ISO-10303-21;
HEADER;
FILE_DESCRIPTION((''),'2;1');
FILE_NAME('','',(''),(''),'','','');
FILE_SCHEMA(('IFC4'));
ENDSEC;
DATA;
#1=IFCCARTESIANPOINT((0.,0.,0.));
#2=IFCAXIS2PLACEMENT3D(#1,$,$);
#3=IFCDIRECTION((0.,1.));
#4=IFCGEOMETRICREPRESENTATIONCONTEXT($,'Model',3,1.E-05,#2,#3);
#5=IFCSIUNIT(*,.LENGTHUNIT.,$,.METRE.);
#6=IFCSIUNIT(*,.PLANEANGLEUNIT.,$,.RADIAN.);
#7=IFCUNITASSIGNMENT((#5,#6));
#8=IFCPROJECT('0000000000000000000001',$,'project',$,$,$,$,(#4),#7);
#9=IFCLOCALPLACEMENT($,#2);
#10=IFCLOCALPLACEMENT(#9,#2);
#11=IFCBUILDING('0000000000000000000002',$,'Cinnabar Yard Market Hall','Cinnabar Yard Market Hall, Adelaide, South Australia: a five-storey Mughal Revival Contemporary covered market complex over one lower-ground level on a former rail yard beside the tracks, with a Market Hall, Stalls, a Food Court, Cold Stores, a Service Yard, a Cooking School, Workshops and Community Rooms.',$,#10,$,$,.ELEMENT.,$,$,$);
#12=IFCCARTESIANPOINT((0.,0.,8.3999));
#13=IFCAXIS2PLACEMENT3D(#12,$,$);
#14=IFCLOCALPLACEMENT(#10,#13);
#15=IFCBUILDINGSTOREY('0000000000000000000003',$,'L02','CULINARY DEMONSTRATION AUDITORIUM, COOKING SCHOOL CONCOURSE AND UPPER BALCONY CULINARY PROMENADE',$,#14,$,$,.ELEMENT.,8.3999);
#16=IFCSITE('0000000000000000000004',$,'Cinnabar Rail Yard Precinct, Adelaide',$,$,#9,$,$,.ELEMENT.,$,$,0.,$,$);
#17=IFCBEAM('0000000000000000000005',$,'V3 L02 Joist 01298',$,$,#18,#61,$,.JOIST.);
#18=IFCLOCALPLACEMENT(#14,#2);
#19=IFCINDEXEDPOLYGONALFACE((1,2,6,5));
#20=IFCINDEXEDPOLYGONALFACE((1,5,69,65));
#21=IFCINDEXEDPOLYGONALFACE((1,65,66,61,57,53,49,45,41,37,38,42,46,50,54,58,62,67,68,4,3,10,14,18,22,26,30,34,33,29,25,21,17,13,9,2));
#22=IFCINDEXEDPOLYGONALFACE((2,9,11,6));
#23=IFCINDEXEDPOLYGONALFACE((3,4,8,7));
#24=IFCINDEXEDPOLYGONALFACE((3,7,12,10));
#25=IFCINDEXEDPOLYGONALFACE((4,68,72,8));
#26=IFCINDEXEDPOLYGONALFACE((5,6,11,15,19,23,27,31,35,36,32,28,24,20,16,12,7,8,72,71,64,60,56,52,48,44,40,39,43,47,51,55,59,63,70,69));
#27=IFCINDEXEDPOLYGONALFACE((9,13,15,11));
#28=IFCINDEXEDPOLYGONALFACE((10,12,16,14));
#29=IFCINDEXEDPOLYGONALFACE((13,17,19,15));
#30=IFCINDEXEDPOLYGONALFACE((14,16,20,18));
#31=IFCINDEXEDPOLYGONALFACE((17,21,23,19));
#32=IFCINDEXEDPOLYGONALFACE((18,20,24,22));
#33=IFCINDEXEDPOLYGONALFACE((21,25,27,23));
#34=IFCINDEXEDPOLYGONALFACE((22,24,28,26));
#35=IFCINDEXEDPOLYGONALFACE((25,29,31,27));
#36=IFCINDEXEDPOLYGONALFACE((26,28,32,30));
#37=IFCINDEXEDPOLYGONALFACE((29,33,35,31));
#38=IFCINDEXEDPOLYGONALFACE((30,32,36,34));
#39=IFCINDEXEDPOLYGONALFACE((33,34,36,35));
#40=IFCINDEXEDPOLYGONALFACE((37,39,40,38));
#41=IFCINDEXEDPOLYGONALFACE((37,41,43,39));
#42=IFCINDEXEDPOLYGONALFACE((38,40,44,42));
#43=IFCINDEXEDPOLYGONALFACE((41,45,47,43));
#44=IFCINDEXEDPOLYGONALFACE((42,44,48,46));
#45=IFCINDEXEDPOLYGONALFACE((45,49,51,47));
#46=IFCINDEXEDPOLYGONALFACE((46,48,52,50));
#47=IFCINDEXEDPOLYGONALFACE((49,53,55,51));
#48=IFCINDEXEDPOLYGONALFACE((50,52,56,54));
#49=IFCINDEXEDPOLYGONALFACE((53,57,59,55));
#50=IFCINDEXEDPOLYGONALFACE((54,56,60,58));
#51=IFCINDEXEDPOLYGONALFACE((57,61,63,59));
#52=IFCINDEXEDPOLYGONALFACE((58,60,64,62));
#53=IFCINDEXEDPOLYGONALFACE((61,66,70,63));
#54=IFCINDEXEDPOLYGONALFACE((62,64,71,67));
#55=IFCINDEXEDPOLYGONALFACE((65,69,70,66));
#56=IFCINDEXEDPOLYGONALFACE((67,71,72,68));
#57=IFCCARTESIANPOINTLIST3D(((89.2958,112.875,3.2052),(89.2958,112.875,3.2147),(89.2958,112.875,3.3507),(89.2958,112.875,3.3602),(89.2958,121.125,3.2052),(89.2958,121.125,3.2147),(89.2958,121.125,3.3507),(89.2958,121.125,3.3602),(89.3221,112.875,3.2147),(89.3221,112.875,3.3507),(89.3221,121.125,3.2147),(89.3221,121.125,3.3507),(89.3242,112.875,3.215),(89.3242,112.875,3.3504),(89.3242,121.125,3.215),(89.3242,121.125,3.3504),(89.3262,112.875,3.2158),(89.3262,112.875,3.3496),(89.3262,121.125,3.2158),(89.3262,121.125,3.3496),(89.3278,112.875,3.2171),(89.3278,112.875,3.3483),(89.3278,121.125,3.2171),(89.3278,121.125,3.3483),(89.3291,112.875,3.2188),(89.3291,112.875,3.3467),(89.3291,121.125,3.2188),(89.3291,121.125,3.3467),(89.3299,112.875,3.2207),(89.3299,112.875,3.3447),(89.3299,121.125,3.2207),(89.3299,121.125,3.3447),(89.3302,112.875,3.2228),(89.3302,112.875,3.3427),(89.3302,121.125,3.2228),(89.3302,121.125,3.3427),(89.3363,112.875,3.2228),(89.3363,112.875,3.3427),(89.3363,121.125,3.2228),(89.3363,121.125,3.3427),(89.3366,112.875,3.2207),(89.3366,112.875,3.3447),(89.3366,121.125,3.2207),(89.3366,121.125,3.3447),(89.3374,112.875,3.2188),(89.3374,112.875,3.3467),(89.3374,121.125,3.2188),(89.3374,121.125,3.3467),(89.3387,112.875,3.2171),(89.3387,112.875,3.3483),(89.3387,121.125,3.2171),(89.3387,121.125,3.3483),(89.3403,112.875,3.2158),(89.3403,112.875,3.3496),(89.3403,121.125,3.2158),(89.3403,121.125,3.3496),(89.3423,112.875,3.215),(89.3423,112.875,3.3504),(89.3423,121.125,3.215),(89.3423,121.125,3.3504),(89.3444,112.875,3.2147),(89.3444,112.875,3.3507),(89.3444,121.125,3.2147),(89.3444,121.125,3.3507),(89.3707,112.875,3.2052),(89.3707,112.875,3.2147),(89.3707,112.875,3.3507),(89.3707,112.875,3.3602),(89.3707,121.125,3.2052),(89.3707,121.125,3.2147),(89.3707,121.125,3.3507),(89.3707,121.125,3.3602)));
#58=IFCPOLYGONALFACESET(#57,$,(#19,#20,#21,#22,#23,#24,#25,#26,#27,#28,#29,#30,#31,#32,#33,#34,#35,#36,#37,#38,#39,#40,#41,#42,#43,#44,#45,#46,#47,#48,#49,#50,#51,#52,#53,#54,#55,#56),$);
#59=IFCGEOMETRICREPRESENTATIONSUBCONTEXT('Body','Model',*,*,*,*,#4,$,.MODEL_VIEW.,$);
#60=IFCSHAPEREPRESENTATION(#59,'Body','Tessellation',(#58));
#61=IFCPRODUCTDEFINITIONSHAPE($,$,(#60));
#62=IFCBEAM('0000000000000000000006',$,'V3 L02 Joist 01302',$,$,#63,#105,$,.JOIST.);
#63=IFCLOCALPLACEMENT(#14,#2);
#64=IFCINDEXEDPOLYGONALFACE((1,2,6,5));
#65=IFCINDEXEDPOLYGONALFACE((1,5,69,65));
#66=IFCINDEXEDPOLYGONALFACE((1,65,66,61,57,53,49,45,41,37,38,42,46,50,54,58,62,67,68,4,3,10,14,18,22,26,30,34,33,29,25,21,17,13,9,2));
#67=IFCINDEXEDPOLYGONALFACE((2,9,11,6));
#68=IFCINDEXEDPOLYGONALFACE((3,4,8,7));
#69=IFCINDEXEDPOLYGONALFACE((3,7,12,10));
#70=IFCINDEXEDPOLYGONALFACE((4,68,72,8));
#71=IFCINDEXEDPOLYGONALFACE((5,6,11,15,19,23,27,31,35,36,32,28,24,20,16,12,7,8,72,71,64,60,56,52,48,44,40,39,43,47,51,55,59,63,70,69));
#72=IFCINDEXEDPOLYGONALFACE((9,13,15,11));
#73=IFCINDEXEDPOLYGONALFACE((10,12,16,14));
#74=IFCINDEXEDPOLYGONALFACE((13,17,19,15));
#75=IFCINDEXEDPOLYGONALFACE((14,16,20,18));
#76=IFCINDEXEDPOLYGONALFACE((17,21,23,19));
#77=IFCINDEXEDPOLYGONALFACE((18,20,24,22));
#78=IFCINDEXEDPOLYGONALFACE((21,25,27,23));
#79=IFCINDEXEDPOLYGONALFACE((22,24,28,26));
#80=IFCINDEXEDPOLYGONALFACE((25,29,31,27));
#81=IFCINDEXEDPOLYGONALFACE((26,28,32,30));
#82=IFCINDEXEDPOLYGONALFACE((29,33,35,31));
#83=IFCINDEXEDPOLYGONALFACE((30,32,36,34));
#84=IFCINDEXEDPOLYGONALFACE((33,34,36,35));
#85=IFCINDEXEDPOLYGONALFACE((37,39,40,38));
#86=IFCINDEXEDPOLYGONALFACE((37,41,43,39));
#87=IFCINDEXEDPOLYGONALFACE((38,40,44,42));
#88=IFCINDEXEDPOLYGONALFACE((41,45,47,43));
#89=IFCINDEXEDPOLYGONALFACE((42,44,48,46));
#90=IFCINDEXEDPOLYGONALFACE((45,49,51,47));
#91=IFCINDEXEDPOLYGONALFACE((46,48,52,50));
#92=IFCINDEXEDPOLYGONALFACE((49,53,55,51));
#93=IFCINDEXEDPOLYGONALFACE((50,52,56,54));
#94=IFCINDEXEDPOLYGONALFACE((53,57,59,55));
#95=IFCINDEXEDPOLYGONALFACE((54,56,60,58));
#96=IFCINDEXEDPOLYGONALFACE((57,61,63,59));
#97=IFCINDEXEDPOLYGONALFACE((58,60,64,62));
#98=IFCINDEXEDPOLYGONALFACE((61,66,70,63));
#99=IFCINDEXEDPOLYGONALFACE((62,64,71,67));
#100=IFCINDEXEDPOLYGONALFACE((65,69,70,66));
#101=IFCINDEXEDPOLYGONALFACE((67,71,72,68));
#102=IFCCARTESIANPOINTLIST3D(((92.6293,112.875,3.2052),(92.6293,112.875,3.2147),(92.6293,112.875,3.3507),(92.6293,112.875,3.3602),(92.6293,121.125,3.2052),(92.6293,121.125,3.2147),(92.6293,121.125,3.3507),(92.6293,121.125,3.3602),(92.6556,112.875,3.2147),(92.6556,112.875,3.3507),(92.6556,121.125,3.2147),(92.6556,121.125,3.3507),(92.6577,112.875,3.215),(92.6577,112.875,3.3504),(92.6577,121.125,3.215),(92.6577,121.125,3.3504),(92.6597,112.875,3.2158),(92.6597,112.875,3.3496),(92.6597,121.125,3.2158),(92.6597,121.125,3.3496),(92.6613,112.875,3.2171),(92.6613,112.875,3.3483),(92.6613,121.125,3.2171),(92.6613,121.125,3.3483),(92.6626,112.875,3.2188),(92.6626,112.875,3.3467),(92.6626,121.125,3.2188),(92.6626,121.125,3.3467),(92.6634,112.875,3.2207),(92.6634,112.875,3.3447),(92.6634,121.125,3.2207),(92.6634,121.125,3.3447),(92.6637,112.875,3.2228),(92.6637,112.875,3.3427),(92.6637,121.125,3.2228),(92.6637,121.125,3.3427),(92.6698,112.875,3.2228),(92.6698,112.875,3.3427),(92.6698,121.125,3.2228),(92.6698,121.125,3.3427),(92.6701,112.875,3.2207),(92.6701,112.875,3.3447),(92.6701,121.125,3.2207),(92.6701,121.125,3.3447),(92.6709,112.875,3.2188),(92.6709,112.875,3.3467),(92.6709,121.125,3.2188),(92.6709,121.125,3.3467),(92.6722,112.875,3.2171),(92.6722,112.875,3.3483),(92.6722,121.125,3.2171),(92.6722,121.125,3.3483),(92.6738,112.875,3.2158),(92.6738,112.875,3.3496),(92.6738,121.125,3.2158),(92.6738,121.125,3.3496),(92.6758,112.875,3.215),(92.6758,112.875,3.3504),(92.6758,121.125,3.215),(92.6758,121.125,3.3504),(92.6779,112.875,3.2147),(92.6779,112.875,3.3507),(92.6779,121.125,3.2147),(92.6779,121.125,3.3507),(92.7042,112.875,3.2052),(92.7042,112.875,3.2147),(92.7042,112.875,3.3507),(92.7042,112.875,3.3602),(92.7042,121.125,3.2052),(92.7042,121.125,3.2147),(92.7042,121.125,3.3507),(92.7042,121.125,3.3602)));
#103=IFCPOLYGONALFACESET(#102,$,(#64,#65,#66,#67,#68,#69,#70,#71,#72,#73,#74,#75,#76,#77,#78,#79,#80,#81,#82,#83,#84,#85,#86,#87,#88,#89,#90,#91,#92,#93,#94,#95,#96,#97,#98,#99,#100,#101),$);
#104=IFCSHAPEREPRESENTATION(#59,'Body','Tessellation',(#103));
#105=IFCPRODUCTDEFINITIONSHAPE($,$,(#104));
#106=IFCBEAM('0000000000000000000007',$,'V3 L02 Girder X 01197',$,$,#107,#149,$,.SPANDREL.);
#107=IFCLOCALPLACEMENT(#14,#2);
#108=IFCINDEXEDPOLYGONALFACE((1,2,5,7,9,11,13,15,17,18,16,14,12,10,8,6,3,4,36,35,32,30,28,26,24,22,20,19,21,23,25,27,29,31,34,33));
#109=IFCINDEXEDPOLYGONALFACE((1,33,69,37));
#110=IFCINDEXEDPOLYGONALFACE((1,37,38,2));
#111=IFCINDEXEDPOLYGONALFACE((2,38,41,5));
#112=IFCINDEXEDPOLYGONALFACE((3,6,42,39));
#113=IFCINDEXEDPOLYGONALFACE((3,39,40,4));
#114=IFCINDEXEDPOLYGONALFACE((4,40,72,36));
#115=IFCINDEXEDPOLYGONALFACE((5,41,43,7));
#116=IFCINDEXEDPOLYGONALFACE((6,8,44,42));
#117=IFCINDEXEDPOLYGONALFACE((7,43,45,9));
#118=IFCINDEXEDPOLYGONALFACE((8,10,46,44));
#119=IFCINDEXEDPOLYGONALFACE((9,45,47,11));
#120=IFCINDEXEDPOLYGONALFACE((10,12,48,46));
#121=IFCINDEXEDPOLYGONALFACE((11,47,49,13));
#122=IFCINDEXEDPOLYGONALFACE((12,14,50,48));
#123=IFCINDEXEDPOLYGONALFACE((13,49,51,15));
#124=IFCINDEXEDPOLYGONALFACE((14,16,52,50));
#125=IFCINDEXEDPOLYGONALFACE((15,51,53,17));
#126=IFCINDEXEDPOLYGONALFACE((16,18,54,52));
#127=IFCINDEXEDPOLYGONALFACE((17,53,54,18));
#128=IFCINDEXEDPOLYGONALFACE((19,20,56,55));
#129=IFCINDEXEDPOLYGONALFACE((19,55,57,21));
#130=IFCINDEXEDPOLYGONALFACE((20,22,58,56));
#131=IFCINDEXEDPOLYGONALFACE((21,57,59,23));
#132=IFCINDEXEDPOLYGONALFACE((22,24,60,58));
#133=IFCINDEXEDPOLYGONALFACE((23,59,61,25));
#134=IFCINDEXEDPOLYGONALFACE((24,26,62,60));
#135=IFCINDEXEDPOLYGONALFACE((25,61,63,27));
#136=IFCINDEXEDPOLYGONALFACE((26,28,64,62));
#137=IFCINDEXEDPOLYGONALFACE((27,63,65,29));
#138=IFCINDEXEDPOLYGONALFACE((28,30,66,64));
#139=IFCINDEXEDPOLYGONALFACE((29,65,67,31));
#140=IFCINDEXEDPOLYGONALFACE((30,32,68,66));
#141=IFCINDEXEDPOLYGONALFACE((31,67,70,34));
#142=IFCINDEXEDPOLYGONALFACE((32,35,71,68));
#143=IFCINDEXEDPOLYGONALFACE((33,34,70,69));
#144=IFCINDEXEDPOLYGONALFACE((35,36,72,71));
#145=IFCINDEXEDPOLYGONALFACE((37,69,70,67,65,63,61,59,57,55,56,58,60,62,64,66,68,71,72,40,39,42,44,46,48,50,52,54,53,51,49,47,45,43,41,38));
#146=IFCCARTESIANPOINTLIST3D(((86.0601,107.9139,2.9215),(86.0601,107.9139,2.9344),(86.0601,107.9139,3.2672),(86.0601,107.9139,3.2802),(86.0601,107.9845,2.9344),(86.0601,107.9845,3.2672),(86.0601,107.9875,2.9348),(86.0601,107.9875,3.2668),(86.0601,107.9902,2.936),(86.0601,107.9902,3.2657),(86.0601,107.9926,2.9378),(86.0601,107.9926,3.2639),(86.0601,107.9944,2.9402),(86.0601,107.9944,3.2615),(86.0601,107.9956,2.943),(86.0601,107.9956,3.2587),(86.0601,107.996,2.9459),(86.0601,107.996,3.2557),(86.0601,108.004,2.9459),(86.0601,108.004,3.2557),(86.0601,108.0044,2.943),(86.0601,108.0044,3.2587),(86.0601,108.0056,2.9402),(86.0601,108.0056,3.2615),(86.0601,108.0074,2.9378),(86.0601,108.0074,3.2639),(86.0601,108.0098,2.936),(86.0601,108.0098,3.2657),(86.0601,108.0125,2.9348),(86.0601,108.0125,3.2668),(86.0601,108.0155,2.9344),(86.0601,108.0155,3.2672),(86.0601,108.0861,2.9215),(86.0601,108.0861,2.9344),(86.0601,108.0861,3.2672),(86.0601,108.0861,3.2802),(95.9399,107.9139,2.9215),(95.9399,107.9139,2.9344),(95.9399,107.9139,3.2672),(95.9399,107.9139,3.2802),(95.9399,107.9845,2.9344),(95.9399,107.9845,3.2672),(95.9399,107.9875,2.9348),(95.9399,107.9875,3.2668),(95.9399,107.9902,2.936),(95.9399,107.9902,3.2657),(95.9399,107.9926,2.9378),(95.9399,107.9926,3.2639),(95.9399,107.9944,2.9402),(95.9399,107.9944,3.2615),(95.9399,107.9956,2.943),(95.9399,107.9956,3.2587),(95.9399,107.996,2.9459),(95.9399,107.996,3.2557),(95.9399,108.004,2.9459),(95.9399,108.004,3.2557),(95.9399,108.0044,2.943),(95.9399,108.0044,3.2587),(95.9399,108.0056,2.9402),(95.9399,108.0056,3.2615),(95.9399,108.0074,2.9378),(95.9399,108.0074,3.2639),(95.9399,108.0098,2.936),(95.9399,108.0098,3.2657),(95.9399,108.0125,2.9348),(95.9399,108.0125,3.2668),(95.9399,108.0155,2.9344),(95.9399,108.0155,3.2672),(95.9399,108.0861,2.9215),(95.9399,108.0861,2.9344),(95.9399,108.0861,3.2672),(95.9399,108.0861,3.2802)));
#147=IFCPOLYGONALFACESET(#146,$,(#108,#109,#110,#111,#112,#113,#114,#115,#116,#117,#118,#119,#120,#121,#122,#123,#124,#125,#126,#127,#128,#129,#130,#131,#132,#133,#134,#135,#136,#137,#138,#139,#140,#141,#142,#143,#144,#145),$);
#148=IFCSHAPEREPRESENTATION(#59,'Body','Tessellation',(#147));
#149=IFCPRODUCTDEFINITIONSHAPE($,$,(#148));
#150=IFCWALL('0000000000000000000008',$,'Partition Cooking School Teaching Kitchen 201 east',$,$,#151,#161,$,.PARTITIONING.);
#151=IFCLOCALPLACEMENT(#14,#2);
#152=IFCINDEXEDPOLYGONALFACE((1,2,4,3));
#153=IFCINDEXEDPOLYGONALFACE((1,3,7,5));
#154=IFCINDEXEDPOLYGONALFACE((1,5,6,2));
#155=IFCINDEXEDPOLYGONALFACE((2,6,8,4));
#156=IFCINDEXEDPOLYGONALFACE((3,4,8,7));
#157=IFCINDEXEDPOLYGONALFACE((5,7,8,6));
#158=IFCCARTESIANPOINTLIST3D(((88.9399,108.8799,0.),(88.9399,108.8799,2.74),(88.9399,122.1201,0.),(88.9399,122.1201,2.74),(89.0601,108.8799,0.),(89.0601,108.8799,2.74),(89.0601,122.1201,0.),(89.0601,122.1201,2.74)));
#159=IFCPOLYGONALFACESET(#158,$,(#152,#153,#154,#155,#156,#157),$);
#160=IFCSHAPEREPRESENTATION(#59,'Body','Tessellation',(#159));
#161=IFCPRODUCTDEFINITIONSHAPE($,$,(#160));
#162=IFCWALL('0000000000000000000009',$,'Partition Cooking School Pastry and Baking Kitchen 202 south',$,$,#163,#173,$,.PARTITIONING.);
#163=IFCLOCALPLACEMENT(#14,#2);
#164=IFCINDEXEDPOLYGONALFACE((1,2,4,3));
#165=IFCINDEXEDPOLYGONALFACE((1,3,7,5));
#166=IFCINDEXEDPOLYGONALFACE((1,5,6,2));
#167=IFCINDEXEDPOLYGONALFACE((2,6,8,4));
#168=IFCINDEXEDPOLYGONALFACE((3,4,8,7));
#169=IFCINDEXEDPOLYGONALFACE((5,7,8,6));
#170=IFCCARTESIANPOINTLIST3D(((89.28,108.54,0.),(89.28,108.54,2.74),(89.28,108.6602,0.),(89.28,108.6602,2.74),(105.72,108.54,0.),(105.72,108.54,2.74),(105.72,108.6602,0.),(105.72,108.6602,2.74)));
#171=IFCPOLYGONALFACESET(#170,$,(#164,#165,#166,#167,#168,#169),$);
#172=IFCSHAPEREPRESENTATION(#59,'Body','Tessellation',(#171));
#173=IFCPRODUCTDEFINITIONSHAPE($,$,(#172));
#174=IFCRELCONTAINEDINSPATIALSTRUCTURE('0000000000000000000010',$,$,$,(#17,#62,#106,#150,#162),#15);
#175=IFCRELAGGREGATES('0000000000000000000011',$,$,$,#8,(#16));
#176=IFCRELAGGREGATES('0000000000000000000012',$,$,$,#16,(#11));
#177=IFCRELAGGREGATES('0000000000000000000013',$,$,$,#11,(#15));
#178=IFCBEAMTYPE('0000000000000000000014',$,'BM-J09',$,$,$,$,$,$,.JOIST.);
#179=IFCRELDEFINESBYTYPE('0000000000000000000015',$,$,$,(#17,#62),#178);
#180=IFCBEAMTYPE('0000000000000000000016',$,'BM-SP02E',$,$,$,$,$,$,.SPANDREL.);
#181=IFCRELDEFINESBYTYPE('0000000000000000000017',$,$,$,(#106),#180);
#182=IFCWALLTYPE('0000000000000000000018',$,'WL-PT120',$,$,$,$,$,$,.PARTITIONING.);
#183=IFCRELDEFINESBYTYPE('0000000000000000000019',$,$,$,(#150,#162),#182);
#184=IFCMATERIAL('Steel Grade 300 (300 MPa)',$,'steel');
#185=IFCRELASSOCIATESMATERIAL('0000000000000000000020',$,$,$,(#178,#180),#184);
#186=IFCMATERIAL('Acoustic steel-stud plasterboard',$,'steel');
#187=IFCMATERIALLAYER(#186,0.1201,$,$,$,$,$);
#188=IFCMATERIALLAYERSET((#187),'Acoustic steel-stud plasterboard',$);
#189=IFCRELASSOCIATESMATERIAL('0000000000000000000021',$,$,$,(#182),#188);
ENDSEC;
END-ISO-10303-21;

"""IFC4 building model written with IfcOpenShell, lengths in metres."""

from ifc_helpers import new_model, si_unit, direction, frame, frame_2d, origin, origin_2d_with_axis, place, context, subcontext, project, spatial, rectangle, i_section, extrude, material, layer, layer_set, material_profile, profile_set, type_object, element, save


model = new_model("IFC4")

# Units and contexts
model_context = context("Model", 3, precision=1e-05, world=origin(), true_north=direction((0.0, 1.0)))
body_context = subcontext(model_context, "Body", "Model", "MODEL_VIEW")
ifc_project = project(units=[si_unit("LENGTHUNIT", "METRE"), si_unit("PLANEANGLEUNIT", "RADIAN")], contexts=[model_context])

# Site, building, storey
site_placement = place(None, origin())
site = spatial("IfcSite", under=ifc_project, at=site_placement, Name="Cinnabar Rail Yard Precinct, Adelaide", CompositionType="ELEMENT", RefElevation=0.0)
building_placement = place(site_placement, origin())
building = spatial("IfcBuilding", under=site, at=building_placement, Name="Cinnabar Yard Market Hall", Description="Cinnabar Yard Market Hall, Adelaide, South Australia: a five-storey Mughal Revival Contemporary covered market complex over one lower-ground level on a former rail yard beside the tracks, with a Market Hall, Stalls, a Food Court, Cold Stores, a Service Yard, a Cooking School, Workshops and Community Rooms.", CompositionType="ELEMENT")
storey_placement = place(building_placement, frame((0.0, 0.0, 8.3999)))
storey = spatial("IfcBuildingStorey", under=building, at=storey_placement, Name="L02", Description="CULINARY DEMONSTRATION AUDITORIUM, COOKING SCHOOL CONCOURSE AND UPPER BALCONY CULINARY PROMENADE", CompositionType="ELEMENT", Elevation=8.3999)

# Shared definitions
ifc_material_1 = material(Name="Steel Grade 300 (300 MPa)", Category="steel")

# Beams
ifc_material_profile_1 = material_profile(ifc_material_1, i_section(OverallWidth=0.075, OverallDepth=0.155, WebThickness=0.0061, FlangeThickness=0.0095, FilletRadius=0.0081, at=origin_2d_with_axis()), Name="150UB18.0")
ifc_profile_set_1 = profile_set([ifc_material_profile_1], Name="Steel Grade 300 (300 MPa)")
beam_type_1 = type_object("IfcBeamType", Name="BM-J09", PredefinedType="JOIST", material=ifc_profile_set_1)
for number, where, z_axis, x_axis, name in (
    (1, (89.3333, 112.875, 3.2827), (0.0, 1.0, 0.0), (-1.0, 0.0, 0.0), "V3 L02 Joist 01298"),
    (2, (92.6667, 112.875, 3.2827), (0.0, 1.0, 0.0), (-1.0, 0.0, 0.0), "V3 L02 Joist 01302"),
):
    element("IfcBeam", number, at=place(storey_placement, frame(where, z_axis=z_axis, x_axis=x_axis)), inside=storey, type_object=beam_type_1, Name=name, PredefinedType="JOIST", context=body_context, shape_type="SweptSolid", body=[
        extrude(i_section(OverallWidth=0.075, OverallDepth=0.155, WebThickness=0.0061, FlangeThickness=0.0095, FilletRadius=0.0081, at=origin_2d_with_axis()), origin(), (0.0, 0.0, 1.0), 8.25),
    ])
ifc_material_profile_2 = material_profile(ifc_material_1, i_section(OverallWidth=0.1721, OverallDepth=0.3586, WebThickness=0.0081, FlangeThickness=0.0129, FilletRadius=0.0115, at=origin_2d_with_axis()), Name="360UB56.7")
ifc_profile_set_2 = profile_set([ifc_material_profile_2], Name="Steel Grade 300 (300 MPa)")
beam_type_2 = type_object("IfcBeamType", Name="BM-SP02E", PredefinedType="SPANDREL", material=ifc_profile_set_2)
beam_1_placement = place(storey_placement, frame((86.0601, 108.0, 3.1008), z_axis=(1.0, 0.0, 0.0), x_axis=(0.0, 1.0, 0.0)))
element("IfcBeam", 3, at=beam_1_placement, inside=storey, type_object=beam_type_2, Name="V3 L02 Girder X 01197", PredefinedType="SPANDREL", context=body_context, shape_type="SweptSolid", body=[
    extrude(i_section(OverallWidth=0.1721, OverallDepth=0.3586, WebThickness=0.0081, FlangeThickness=0.0129, FilletRadius=0.0115, at=origin_2d_with_axis()), origin(), (0.0, 0.0, 1.0), 9.8799),
])

# Walls
ifc_material_2 = material(Name="Acoustic steel-stud plasterboard", Category="steel")
ifc_layer_1 = layer(ifc_material_2, 0.1201)
ifc_layer_set_1 = layer_set([ifc_layer_1], Name="Acoustic steel-stud plasterboard")
wall_type_1 = type_object("IfcWallType", Name="WL-PT120", PredefinedType="PARTITIONING", material=ifc_layer_set_1)
wall_1_placement = place(storey_placement, frame((89.0, 108.8799, 0.0), z_axis=(0.0, 0.0, 1.0), x_axis=(0.0, 1.0, 0.0)))
element("IfcWall", 4, at=wall_1_placement, inside=storey, type_object=wall_type_1, Name="Partition Cooking School Teaching Kitchen 201 east", PredefinedType="PARTITIONING", context=body_context, shape_type="SweptSolid", body=[
    extrude(rectangle(XDim=13.2402, YDim=0.1201, at=frame_2d((6.6201, 0.0), x_axis=(1.0, 0.0))), origin(), (0.0, 0.0, 1.0), 2.74),
])
wall_2_placement = place(storey_placement, frame((89.28, 108.6001, 0.0), z_axis=(0.0, 0.0, 1.0), x_axis=(1.0, 0.0, 0.0)))
element("IfcWall", 5, at=wall_2_placement, inside=storey, type_object=wall_type_1, Name="Partition Cooking School Pastry and Baking Kitchen 202 south", PredefinedType="PARTITIONING", context=body_context, shape_type="SweptSolid", body=[
    extrude(rectangle(XDim=16.4399, YDim=0.1201, at=frame_2d((8.22, 0.0), x_axis=(1.0, 0.0))), origin(), (0.0, 0.0, 1.0), 2.74),
])

save(model, "model.ifc")
